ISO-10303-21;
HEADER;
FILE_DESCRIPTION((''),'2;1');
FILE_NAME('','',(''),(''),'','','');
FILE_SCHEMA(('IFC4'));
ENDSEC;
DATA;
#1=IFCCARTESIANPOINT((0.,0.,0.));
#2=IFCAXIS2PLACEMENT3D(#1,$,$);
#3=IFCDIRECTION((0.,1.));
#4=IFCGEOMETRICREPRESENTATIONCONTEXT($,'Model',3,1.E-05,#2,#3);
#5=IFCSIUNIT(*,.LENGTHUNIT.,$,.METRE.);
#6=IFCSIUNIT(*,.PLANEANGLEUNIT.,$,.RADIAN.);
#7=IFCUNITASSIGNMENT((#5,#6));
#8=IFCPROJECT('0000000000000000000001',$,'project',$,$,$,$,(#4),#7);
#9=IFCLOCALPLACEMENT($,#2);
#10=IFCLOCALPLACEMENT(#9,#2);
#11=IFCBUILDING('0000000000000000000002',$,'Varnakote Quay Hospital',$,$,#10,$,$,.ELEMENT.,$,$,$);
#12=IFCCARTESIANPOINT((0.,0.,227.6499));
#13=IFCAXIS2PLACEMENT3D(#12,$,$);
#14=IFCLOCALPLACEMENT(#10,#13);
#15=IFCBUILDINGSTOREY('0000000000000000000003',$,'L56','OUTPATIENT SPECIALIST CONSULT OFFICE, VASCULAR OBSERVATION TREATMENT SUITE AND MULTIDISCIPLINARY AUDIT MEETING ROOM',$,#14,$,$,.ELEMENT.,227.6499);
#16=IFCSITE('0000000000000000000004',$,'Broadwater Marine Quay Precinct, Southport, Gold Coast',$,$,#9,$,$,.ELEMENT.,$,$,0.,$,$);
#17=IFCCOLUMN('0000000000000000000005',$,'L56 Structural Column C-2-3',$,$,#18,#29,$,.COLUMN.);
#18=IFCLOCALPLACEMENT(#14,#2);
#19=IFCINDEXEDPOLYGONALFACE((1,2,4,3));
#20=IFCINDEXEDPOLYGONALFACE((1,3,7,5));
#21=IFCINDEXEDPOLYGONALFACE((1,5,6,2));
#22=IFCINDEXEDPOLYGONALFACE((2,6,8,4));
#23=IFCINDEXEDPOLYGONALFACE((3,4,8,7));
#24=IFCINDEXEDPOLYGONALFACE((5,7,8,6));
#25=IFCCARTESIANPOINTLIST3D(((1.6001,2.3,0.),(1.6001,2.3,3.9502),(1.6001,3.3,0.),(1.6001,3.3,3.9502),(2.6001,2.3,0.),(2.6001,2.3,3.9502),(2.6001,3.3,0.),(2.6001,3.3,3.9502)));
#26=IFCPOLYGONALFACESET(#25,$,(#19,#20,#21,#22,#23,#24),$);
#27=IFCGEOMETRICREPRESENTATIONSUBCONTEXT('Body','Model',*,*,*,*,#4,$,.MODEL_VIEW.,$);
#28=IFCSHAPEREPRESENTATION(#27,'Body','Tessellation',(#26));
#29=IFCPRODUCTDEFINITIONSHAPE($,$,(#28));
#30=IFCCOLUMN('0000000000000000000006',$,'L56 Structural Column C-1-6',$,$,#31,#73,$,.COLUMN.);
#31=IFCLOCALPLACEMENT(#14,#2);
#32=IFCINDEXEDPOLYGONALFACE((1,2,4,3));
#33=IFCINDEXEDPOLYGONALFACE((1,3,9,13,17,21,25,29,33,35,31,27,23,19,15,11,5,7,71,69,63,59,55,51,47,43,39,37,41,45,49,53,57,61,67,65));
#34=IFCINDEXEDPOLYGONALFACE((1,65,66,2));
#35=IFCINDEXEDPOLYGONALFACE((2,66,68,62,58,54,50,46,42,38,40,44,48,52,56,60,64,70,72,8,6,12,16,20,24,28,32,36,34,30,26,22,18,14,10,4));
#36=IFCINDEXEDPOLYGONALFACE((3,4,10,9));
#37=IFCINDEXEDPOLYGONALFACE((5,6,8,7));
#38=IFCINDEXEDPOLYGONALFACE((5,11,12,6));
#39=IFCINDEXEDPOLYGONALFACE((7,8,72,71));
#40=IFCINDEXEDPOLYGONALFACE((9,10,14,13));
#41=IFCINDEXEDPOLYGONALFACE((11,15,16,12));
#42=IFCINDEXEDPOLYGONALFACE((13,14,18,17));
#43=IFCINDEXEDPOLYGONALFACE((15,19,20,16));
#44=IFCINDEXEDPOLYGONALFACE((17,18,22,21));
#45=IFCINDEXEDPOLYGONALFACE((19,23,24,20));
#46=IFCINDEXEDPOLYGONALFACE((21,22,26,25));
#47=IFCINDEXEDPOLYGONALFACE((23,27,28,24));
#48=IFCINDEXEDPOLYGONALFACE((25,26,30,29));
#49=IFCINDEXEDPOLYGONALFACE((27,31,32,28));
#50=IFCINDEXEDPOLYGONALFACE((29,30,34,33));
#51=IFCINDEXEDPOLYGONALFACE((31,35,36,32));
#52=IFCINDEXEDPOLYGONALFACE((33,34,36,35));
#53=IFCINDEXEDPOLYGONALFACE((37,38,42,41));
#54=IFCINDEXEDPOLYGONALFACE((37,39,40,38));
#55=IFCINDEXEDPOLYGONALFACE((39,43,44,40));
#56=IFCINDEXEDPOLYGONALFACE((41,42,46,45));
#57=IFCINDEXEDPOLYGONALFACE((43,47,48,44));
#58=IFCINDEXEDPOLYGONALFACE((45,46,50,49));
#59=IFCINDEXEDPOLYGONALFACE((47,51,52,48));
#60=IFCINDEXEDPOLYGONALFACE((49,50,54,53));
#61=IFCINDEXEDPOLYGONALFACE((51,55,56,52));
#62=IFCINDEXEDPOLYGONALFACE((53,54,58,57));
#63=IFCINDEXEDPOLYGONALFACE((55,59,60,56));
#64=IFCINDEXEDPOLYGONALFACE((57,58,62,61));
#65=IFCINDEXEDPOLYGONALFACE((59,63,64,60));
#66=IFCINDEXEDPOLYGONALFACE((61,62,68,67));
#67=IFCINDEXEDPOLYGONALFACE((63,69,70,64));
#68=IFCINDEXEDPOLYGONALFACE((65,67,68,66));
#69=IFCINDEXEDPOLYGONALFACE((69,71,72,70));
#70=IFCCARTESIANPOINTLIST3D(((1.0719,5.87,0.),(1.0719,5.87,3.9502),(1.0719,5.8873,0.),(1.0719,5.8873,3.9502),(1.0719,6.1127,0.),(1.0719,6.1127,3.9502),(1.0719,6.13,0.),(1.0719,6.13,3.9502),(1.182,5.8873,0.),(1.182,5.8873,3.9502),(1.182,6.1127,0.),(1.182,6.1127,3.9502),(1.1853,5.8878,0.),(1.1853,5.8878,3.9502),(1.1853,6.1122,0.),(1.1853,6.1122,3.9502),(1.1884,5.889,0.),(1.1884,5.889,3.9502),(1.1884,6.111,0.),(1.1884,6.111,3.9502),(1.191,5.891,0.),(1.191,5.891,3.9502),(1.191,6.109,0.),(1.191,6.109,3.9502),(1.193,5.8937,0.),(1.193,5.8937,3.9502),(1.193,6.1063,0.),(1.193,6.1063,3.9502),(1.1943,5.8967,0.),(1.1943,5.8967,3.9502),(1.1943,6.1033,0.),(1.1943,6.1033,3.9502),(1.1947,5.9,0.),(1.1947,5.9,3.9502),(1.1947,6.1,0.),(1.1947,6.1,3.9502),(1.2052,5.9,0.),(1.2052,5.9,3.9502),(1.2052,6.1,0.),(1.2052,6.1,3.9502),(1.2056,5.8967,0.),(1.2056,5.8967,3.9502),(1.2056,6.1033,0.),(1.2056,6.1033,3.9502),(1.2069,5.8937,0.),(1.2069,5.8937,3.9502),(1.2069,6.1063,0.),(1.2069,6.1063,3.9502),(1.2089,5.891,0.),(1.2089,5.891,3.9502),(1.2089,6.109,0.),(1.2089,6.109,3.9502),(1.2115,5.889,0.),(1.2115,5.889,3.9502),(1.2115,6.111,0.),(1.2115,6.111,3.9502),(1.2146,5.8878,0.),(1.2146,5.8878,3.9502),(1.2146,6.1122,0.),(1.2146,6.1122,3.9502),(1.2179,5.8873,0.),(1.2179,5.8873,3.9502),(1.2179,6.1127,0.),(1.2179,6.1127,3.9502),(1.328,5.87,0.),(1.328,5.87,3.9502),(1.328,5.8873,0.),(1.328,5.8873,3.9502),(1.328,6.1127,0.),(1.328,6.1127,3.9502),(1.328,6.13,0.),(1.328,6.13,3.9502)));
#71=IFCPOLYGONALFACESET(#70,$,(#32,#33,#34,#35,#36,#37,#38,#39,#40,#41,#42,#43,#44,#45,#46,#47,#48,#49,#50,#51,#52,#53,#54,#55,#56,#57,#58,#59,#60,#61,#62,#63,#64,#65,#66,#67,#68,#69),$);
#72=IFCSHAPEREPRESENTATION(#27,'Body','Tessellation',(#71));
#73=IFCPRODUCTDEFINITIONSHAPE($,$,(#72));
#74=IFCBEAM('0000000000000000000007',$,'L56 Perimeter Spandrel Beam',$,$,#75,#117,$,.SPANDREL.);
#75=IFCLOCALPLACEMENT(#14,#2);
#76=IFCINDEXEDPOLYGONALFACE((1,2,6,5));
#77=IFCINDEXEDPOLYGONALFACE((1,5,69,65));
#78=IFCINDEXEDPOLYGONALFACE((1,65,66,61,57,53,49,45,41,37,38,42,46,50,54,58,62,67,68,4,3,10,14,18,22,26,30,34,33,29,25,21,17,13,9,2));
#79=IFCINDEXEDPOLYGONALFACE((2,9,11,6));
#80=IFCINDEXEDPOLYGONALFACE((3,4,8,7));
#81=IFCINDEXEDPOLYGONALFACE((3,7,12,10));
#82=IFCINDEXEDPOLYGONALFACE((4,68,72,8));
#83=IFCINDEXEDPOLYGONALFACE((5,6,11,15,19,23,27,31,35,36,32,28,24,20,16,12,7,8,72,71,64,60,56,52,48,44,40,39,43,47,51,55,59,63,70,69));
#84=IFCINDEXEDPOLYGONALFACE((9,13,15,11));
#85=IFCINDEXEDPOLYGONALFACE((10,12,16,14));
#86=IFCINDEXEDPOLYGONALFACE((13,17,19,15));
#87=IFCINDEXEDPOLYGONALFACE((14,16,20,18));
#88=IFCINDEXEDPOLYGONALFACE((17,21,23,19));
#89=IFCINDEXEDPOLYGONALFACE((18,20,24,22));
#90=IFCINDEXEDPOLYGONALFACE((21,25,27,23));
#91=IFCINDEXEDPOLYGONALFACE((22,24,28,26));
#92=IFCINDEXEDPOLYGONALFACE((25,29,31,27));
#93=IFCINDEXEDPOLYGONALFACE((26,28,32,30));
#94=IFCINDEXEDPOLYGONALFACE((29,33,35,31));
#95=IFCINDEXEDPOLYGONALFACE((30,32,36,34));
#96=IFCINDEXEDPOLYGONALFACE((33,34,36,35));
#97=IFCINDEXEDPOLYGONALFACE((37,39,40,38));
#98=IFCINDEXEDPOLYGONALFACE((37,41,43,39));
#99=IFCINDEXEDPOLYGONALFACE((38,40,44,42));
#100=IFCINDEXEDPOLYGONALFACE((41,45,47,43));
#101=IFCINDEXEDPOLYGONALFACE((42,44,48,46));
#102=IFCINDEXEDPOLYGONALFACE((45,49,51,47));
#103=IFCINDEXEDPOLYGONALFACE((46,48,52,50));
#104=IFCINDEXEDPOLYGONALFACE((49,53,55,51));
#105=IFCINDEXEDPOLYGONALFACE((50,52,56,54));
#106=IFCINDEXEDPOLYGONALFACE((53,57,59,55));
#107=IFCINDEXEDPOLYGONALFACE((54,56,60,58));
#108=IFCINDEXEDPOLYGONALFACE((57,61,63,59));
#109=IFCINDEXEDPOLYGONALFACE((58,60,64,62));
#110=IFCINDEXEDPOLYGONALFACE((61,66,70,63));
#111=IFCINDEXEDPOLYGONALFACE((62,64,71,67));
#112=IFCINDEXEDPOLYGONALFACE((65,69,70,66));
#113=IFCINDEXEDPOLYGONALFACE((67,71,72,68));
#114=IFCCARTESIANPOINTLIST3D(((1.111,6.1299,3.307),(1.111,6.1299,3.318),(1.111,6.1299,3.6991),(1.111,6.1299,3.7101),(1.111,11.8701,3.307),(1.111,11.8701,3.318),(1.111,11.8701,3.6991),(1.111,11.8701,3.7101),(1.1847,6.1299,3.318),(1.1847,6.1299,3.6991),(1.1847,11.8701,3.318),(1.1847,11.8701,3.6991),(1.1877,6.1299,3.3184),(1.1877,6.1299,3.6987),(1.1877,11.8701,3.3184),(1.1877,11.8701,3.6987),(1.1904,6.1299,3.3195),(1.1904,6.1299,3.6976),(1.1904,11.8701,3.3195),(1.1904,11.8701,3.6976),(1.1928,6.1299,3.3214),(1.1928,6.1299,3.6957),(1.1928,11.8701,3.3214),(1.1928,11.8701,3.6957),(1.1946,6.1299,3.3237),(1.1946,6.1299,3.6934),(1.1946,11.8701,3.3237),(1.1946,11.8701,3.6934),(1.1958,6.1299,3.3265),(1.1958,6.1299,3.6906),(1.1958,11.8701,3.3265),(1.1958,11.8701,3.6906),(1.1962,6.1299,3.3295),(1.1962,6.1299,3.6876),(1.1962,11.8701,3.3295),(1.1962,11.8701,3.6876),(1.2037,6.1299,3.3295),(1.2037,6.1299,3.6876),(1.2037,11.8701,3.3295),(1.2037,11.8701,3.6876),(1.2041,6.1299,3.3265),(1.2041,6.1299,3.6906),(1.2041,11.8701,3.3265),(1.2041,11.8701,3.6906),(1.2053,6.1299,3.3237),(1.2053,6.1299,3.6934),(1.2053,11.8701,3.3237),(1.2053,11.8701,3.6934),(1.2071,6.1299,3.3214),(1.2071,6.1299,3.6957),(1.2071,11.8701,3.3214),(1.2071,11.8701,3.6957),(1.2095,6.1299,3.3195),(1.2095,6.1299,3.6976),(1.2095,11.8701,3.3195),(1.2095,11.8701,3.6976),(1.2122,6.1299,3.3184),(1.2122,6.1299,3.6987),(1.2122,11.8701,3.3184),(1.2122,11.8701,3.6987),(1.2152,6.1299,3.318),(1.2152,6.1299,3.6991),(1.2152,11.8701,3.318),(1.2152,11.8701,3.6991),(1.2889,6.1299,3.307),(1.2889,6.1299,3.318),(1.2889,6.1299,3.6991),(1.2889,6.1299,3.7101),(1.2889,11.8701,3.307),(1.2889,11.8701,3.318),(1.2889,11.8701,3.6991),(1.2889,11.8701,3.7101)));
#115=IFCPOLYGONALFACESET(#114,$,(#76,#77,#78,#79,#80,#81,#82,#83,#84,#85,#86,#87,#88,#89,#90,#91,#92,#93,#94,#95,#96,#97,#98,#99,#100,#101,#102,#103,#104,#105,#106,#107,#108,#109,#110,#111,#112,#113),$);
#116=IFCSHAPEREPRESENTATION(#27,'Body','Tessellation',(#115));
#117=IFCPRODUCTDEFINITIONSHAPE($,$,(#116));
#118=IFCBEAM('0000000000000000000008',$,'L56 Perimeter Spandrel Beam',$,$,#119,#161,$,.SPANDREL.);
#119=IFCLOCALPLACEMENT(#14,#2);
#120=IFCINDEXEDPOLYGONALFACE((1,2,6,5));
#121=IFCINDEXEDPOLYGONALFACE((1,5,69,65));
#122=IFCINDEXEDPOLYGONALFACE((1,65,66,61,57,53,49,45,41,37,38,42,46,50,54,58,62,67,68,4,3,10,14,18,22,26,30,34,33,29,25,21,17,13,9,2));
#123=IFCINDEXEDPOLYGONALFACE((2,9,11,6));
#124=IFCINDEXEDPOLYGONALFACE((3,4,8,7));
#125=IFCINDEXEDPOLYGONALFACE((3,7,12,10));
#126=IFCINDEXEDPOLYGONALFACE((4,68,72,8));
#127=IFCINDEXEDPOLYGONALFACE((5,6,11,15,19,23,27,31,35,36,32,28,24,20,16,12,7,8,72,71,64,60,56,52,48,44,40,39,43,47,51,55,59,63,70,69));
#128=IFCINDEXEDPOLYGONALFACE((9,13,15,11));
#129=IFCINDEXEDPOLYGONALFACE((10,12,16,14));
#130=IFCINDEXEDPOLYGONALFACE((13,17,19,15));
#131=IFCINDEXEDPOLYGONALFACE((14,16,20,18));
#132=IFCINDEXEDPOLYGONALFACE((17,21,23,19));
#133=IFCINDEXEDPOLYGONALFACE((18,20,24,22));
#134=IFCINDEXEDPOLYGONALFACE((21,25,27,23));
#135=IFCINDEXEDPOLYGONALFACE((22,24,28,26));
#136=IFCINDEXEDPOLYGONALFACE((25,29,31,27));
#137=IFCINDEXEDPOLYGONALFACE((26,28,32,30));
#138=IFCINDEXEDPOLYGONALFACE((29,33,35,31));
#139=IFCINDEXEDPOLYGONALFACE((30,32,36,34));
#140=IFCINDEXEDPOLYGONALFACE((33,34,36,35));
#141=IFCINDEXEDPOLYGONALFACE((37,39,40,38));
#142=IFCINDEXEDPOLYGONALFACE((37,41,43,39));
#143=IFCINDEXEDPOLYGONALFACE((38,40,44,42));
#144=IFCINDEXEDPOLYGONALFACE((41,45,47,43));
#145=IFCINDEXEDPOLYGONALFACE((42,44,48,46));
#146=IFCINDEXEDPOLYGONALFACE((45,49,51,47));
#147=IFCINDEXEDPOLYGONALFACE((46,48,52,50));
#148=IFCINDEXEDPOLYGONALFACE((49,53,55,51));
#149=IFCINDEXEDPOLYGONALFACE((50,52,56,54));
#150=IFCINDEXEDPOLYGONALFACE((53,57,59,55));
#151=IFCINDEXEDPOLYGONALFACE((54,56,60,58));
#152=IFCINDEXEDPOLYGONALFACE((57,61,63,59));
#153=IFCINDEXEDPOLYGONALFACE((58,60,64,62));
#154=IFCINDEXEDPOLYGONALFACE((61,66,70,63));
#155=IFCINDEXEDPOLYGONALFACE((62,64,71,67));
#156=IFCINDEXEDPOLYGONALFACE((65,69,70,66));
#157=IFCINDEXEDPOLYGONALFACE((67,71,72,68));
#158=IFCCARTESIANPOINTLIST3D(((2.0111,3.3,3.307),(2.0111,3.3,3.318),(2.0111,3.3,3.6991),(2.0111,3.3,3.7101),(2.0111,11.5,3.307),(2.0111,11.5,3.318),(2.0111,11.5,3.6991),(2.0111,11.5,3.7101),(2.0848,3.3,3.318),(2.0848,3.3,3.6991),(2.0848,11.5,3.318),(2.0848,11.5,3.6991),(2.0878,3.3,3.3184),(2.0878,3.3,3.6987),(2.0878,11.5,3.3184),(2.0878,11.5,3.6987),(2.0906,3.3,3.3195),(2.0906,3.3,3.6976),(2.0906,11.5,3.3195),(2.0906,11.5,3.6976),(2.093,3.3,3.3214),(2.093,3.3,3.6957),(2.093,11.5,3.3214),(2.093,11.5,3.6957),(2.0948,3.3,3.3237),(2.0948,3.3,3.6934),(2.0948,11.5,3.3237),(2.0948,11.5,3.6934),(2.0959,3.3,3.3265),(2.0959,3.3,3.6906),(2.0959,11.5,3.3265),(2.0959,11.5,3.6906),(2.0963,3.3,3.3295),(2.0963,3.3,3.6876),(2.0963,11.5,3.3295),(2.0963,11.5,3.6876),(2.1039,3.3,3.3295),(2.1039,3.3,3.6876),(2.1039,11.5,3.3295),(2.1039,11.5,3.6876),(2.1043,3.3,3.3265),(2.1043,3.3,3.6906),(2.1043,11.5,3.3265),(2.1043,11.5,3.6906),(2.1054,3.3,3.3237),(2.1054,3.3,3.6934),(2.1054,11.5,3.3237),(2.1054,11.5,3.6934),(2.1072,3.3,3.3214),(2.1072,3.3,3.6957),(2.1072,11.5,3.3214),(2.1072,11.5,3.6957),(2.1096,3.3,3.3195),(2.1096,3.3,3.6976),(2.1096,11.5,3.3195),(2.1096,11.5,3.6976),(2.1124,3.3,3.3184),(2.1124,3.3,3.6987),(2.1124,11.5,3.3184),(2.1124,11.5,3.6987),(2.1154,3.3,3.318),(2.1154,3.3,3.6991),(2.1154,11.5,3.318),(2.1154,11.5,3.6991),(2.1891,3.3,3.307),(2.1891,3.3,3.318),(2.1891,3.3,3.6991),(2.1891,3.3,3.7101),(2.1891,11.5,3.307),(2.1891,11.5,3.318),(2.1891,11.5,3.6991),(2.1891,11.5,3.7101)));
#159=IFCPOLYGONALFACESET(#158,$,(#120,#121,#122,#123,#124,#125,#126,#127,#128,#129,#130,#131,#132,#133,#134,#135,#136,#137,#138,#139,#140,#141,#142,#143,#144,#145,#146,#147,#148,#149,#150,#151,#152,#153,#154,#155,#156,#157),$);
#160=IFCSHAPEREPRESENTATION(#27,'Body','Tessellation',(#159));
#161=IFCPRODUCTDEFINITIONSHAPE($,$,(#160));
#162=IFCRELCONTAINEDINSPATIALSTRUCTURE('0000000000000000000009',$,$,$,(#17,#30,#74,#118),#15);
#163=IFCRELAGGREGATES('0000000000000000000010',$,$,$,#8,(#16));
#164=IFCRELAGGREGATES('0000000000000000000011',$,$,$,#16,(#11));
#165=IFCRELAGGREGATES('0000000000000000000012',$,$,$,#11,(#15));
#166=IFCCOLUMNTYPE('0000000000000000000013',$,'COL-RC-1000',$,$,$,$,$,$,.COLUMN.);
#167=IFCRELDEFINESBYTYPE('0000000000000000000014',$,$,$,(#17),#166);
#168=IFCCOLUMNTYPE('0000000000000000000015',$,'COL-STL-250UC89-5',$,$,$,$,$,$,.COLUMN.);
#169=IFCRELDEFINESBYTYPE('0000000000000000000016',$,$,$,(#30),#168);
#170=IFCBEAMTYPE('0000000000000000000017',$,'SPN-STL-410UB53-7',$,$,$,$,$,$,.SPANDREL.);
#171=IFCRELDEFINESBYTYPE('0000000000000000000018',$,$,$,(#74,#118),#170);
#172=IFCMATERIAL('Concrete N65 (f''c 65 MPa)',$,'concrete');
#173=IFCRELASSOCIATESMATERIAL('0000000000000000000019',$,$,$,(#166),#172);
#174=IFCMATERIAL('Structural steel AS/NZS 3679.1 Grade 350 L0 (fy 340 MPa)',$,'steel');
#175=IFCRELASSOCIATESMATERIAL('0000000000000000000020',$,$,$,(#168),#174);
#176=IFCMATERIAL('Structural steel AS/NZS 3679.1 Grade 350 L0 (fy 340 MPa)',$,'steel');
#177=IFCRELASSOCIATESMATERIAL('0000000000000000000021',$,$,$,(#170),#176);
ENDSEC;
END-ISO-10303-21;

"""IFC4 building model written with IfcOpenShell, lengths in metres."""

from ifc_helpers import new_model, si_unit, direction, frame, origin, origin_2d, place, context, subcontext, project, spatial, rectangle, i_section, extrude, material, material_profile, profile_set, type_object, element, save


model = new_model("IFC4")

# Units and contexts
model_context = context("Model", 3, precision=1e-05, world=origin(), true_north=direction((0.0, 1.0)))
body_context = subcontext(model_context, "Body", "Model", "MODEL_VIEW")
ifc_project = project(units=[si_unit("LENGTHUNIT", "METRE"), si_unit("PLANEANGLEUNIT", "RADIAN")], contexts=[model_context])

# Site, building, storey
site_placement = place(None, origin())
site = spatial("IfcSite", under=ifc_project, at=site_placement, Name="Broadwater Marine Quay Precinct, Southport, Gold Coast", CompositionType="ELEMENT", RefElevation=0.0)
building_placement = place(site_placement, origin())
building = spatial("IfcBuilding", under=site, at=building_placement, Name="Varnakote Quay Hospital", CompositionType="ELEMENT")
storey_placement = place(building_placement, frame((0.0, 0.0, 227.6499)))
storey = spatial("IfcBuildingStorey", under=building, at=storey_placement, Name="L56", Description="OUTPATIENT SPECIALIST CONSULT OFFICE, VASCULAR OBSERVATION TREATMENT SUITE AND MULTIDISCIPLINARY AUDIT MEETING ROOM", CompositionType="ELEMENT", Elevation=227.6499)

# Columns
ifc_material_1 = material(Name="Concrete N65 (f'c 65 MPa)", Category="concrete")
ifc_material_profile_1 = material_profile(ifc_material_1, rectangle(XDim=1.0, YDim=1.0, at=origin_2d()), Name="RC-COL-1000x1000")
ifc_profile_set_1 = profile_set([ifc_material_profile_1], Name="Concrete N65 (f'c 65 MPa)")
column_type_1 = type_object("IfcColumnType", Name="COL-RC-1000", PredefinedType="COLUMN", material=ifc_profile_set_1)
column_1_placement = place(storey_placement, frame((2.1001, 2.8, 0.0), z_axis=(0.0, 0.0, 1.0), x_axis=(1.0, 0.0, 0.0)))
element("IfcColumn", 1, at=column_1_placement, inside=storey, type_object=column_type_1, Name="L56 Structural Column C-2-3", PredefinedType="COLUMN", context=body_context, shape_type="SweptSolid", body=[
    extrude(rectangle(XDim=1.0, YDim=1.0, at=origin_2d()), origin(), (0.0, 0.0, 1.0), 3.9502),
])
ifc_material_2 = material(Name="Structural steel AS/NZS 3679.1 Grade 350 L0 (fy 340 MPa)", Category="steel")
ifc_material_profile_2 = material_profile(ifc_material_2, i_section(OverallWidth=0.2561, OverallDepth=0.26, WebThickness=0.0105, FlangeThickness=0.0173, FilletRadius=0.0127, at=origin_2d()), Name="250UC89.5")
ifc_profile_set_2 = profile_set([ifc_material_profile_2], Name="Structural steel AS/NZS 3679.1 Grade 350 L0 (fy 340 MPa)")
column_type_2 = type_object("IfcColumnType", Name="COL-STL-250UC89-5", PredefinedType="COLUMN", material=ifc_profile_set_2)
column_2_placement = place(storey_placement, frame((1.2, 6.0, 0.0), z_axis=(0.0, 0.0, 1.0), x_axis=(1.0, 0.0, 0.0)))
element("IfcColumn", 2, at=column_2_placement, inside=storey, type_object=column_type_2, Name="L56 Structural Column C-1-6", PredefinedType="COLUMN", context=body_context, shape_type="SweptSolid", body=[
    extrude(i_section(OverallWidth=0.2561, OverallDepth=0.26, WebThickness=0.0105, FlangeThickness=0.0173, FilletRadius=0.0127, at=origin_2d()), origin(), (0.0, 0.0, 1.0), 3.9502),
])

# Beams
ifc_material_3 = material(Name="Structural steel AS/NZS 3679.1 Grade 350 L0 (fy 340 MPa)", Category="steel")
ifc_material_profile_3 = material_profile(ifc_material_3, i_section(OverallWidth=0.178, OverallDepth=0.4031, WebThickness=0.0076, FlangeThickness=0.011, FilletRadius=0.0115, at=origin_2d()), Name="410UB53.7")
ifc_profile_set_3 = profile_set([ifc_material_profile_3], Name="Structural steel AS/NZS 3679.1 Grade 350 L0 (fy 340 MPa)")
beam_type_1 = type_object("IfcBeamType", Name="SPN-STL-410UB53-7", PredefinedType="SPANDREL", material=ifc_profile_set_3)
beam_1_placement = place(storey_placement, frame((1.2, 6.1299, 3.5085), z_axis=(0.0, 1.0, 0.0), x_axis=(-1.0, 0.0, 0.0)))
element("IfcBeam", 3, at=beam_1_placement, inside=storey, type_object=beam_type_1, Name="L56 Perimeter Spandrel Beam", PredefinedType="SPANDREL", context=body_context, shape_type="SweptSolid", body=[
    extrude(i_section(OverallWidth=0.178, OverallDepth=0.4031, WebThickness=0.0076, FlangeThickness=0.011, FilletRadius=0.0115, at=origin_2d()), origin(), (0.0, 0.0, 1.0), 5.7402),
])
beam_2_placement = place(storey_placement, frame((2.1001, 3.3, 3.5085), z_axis=(0.0, 1.0, 0.0), x_axis=(-1.0, 0.0, 0.0)))
element("IfcBeam", 4, at=beam_2_placement, inside=storey, type_object=beam_type_1, Name="L56 Perimeter Spandrel Beam", PredefinedType="SPANDREL", context=body_context, shape_type="SweptSolid", body=[
    extrude(i_section(OverallWidth=0.178, OverallDepth=0.4031, WebThickness=0.0076, FlangeThickness=0.011, FilletRadius=0.0115, at=origin_2d()), origin(), (0.0, 0.0, 1.0), 8.2),
])

save(model, "model.ifc")
